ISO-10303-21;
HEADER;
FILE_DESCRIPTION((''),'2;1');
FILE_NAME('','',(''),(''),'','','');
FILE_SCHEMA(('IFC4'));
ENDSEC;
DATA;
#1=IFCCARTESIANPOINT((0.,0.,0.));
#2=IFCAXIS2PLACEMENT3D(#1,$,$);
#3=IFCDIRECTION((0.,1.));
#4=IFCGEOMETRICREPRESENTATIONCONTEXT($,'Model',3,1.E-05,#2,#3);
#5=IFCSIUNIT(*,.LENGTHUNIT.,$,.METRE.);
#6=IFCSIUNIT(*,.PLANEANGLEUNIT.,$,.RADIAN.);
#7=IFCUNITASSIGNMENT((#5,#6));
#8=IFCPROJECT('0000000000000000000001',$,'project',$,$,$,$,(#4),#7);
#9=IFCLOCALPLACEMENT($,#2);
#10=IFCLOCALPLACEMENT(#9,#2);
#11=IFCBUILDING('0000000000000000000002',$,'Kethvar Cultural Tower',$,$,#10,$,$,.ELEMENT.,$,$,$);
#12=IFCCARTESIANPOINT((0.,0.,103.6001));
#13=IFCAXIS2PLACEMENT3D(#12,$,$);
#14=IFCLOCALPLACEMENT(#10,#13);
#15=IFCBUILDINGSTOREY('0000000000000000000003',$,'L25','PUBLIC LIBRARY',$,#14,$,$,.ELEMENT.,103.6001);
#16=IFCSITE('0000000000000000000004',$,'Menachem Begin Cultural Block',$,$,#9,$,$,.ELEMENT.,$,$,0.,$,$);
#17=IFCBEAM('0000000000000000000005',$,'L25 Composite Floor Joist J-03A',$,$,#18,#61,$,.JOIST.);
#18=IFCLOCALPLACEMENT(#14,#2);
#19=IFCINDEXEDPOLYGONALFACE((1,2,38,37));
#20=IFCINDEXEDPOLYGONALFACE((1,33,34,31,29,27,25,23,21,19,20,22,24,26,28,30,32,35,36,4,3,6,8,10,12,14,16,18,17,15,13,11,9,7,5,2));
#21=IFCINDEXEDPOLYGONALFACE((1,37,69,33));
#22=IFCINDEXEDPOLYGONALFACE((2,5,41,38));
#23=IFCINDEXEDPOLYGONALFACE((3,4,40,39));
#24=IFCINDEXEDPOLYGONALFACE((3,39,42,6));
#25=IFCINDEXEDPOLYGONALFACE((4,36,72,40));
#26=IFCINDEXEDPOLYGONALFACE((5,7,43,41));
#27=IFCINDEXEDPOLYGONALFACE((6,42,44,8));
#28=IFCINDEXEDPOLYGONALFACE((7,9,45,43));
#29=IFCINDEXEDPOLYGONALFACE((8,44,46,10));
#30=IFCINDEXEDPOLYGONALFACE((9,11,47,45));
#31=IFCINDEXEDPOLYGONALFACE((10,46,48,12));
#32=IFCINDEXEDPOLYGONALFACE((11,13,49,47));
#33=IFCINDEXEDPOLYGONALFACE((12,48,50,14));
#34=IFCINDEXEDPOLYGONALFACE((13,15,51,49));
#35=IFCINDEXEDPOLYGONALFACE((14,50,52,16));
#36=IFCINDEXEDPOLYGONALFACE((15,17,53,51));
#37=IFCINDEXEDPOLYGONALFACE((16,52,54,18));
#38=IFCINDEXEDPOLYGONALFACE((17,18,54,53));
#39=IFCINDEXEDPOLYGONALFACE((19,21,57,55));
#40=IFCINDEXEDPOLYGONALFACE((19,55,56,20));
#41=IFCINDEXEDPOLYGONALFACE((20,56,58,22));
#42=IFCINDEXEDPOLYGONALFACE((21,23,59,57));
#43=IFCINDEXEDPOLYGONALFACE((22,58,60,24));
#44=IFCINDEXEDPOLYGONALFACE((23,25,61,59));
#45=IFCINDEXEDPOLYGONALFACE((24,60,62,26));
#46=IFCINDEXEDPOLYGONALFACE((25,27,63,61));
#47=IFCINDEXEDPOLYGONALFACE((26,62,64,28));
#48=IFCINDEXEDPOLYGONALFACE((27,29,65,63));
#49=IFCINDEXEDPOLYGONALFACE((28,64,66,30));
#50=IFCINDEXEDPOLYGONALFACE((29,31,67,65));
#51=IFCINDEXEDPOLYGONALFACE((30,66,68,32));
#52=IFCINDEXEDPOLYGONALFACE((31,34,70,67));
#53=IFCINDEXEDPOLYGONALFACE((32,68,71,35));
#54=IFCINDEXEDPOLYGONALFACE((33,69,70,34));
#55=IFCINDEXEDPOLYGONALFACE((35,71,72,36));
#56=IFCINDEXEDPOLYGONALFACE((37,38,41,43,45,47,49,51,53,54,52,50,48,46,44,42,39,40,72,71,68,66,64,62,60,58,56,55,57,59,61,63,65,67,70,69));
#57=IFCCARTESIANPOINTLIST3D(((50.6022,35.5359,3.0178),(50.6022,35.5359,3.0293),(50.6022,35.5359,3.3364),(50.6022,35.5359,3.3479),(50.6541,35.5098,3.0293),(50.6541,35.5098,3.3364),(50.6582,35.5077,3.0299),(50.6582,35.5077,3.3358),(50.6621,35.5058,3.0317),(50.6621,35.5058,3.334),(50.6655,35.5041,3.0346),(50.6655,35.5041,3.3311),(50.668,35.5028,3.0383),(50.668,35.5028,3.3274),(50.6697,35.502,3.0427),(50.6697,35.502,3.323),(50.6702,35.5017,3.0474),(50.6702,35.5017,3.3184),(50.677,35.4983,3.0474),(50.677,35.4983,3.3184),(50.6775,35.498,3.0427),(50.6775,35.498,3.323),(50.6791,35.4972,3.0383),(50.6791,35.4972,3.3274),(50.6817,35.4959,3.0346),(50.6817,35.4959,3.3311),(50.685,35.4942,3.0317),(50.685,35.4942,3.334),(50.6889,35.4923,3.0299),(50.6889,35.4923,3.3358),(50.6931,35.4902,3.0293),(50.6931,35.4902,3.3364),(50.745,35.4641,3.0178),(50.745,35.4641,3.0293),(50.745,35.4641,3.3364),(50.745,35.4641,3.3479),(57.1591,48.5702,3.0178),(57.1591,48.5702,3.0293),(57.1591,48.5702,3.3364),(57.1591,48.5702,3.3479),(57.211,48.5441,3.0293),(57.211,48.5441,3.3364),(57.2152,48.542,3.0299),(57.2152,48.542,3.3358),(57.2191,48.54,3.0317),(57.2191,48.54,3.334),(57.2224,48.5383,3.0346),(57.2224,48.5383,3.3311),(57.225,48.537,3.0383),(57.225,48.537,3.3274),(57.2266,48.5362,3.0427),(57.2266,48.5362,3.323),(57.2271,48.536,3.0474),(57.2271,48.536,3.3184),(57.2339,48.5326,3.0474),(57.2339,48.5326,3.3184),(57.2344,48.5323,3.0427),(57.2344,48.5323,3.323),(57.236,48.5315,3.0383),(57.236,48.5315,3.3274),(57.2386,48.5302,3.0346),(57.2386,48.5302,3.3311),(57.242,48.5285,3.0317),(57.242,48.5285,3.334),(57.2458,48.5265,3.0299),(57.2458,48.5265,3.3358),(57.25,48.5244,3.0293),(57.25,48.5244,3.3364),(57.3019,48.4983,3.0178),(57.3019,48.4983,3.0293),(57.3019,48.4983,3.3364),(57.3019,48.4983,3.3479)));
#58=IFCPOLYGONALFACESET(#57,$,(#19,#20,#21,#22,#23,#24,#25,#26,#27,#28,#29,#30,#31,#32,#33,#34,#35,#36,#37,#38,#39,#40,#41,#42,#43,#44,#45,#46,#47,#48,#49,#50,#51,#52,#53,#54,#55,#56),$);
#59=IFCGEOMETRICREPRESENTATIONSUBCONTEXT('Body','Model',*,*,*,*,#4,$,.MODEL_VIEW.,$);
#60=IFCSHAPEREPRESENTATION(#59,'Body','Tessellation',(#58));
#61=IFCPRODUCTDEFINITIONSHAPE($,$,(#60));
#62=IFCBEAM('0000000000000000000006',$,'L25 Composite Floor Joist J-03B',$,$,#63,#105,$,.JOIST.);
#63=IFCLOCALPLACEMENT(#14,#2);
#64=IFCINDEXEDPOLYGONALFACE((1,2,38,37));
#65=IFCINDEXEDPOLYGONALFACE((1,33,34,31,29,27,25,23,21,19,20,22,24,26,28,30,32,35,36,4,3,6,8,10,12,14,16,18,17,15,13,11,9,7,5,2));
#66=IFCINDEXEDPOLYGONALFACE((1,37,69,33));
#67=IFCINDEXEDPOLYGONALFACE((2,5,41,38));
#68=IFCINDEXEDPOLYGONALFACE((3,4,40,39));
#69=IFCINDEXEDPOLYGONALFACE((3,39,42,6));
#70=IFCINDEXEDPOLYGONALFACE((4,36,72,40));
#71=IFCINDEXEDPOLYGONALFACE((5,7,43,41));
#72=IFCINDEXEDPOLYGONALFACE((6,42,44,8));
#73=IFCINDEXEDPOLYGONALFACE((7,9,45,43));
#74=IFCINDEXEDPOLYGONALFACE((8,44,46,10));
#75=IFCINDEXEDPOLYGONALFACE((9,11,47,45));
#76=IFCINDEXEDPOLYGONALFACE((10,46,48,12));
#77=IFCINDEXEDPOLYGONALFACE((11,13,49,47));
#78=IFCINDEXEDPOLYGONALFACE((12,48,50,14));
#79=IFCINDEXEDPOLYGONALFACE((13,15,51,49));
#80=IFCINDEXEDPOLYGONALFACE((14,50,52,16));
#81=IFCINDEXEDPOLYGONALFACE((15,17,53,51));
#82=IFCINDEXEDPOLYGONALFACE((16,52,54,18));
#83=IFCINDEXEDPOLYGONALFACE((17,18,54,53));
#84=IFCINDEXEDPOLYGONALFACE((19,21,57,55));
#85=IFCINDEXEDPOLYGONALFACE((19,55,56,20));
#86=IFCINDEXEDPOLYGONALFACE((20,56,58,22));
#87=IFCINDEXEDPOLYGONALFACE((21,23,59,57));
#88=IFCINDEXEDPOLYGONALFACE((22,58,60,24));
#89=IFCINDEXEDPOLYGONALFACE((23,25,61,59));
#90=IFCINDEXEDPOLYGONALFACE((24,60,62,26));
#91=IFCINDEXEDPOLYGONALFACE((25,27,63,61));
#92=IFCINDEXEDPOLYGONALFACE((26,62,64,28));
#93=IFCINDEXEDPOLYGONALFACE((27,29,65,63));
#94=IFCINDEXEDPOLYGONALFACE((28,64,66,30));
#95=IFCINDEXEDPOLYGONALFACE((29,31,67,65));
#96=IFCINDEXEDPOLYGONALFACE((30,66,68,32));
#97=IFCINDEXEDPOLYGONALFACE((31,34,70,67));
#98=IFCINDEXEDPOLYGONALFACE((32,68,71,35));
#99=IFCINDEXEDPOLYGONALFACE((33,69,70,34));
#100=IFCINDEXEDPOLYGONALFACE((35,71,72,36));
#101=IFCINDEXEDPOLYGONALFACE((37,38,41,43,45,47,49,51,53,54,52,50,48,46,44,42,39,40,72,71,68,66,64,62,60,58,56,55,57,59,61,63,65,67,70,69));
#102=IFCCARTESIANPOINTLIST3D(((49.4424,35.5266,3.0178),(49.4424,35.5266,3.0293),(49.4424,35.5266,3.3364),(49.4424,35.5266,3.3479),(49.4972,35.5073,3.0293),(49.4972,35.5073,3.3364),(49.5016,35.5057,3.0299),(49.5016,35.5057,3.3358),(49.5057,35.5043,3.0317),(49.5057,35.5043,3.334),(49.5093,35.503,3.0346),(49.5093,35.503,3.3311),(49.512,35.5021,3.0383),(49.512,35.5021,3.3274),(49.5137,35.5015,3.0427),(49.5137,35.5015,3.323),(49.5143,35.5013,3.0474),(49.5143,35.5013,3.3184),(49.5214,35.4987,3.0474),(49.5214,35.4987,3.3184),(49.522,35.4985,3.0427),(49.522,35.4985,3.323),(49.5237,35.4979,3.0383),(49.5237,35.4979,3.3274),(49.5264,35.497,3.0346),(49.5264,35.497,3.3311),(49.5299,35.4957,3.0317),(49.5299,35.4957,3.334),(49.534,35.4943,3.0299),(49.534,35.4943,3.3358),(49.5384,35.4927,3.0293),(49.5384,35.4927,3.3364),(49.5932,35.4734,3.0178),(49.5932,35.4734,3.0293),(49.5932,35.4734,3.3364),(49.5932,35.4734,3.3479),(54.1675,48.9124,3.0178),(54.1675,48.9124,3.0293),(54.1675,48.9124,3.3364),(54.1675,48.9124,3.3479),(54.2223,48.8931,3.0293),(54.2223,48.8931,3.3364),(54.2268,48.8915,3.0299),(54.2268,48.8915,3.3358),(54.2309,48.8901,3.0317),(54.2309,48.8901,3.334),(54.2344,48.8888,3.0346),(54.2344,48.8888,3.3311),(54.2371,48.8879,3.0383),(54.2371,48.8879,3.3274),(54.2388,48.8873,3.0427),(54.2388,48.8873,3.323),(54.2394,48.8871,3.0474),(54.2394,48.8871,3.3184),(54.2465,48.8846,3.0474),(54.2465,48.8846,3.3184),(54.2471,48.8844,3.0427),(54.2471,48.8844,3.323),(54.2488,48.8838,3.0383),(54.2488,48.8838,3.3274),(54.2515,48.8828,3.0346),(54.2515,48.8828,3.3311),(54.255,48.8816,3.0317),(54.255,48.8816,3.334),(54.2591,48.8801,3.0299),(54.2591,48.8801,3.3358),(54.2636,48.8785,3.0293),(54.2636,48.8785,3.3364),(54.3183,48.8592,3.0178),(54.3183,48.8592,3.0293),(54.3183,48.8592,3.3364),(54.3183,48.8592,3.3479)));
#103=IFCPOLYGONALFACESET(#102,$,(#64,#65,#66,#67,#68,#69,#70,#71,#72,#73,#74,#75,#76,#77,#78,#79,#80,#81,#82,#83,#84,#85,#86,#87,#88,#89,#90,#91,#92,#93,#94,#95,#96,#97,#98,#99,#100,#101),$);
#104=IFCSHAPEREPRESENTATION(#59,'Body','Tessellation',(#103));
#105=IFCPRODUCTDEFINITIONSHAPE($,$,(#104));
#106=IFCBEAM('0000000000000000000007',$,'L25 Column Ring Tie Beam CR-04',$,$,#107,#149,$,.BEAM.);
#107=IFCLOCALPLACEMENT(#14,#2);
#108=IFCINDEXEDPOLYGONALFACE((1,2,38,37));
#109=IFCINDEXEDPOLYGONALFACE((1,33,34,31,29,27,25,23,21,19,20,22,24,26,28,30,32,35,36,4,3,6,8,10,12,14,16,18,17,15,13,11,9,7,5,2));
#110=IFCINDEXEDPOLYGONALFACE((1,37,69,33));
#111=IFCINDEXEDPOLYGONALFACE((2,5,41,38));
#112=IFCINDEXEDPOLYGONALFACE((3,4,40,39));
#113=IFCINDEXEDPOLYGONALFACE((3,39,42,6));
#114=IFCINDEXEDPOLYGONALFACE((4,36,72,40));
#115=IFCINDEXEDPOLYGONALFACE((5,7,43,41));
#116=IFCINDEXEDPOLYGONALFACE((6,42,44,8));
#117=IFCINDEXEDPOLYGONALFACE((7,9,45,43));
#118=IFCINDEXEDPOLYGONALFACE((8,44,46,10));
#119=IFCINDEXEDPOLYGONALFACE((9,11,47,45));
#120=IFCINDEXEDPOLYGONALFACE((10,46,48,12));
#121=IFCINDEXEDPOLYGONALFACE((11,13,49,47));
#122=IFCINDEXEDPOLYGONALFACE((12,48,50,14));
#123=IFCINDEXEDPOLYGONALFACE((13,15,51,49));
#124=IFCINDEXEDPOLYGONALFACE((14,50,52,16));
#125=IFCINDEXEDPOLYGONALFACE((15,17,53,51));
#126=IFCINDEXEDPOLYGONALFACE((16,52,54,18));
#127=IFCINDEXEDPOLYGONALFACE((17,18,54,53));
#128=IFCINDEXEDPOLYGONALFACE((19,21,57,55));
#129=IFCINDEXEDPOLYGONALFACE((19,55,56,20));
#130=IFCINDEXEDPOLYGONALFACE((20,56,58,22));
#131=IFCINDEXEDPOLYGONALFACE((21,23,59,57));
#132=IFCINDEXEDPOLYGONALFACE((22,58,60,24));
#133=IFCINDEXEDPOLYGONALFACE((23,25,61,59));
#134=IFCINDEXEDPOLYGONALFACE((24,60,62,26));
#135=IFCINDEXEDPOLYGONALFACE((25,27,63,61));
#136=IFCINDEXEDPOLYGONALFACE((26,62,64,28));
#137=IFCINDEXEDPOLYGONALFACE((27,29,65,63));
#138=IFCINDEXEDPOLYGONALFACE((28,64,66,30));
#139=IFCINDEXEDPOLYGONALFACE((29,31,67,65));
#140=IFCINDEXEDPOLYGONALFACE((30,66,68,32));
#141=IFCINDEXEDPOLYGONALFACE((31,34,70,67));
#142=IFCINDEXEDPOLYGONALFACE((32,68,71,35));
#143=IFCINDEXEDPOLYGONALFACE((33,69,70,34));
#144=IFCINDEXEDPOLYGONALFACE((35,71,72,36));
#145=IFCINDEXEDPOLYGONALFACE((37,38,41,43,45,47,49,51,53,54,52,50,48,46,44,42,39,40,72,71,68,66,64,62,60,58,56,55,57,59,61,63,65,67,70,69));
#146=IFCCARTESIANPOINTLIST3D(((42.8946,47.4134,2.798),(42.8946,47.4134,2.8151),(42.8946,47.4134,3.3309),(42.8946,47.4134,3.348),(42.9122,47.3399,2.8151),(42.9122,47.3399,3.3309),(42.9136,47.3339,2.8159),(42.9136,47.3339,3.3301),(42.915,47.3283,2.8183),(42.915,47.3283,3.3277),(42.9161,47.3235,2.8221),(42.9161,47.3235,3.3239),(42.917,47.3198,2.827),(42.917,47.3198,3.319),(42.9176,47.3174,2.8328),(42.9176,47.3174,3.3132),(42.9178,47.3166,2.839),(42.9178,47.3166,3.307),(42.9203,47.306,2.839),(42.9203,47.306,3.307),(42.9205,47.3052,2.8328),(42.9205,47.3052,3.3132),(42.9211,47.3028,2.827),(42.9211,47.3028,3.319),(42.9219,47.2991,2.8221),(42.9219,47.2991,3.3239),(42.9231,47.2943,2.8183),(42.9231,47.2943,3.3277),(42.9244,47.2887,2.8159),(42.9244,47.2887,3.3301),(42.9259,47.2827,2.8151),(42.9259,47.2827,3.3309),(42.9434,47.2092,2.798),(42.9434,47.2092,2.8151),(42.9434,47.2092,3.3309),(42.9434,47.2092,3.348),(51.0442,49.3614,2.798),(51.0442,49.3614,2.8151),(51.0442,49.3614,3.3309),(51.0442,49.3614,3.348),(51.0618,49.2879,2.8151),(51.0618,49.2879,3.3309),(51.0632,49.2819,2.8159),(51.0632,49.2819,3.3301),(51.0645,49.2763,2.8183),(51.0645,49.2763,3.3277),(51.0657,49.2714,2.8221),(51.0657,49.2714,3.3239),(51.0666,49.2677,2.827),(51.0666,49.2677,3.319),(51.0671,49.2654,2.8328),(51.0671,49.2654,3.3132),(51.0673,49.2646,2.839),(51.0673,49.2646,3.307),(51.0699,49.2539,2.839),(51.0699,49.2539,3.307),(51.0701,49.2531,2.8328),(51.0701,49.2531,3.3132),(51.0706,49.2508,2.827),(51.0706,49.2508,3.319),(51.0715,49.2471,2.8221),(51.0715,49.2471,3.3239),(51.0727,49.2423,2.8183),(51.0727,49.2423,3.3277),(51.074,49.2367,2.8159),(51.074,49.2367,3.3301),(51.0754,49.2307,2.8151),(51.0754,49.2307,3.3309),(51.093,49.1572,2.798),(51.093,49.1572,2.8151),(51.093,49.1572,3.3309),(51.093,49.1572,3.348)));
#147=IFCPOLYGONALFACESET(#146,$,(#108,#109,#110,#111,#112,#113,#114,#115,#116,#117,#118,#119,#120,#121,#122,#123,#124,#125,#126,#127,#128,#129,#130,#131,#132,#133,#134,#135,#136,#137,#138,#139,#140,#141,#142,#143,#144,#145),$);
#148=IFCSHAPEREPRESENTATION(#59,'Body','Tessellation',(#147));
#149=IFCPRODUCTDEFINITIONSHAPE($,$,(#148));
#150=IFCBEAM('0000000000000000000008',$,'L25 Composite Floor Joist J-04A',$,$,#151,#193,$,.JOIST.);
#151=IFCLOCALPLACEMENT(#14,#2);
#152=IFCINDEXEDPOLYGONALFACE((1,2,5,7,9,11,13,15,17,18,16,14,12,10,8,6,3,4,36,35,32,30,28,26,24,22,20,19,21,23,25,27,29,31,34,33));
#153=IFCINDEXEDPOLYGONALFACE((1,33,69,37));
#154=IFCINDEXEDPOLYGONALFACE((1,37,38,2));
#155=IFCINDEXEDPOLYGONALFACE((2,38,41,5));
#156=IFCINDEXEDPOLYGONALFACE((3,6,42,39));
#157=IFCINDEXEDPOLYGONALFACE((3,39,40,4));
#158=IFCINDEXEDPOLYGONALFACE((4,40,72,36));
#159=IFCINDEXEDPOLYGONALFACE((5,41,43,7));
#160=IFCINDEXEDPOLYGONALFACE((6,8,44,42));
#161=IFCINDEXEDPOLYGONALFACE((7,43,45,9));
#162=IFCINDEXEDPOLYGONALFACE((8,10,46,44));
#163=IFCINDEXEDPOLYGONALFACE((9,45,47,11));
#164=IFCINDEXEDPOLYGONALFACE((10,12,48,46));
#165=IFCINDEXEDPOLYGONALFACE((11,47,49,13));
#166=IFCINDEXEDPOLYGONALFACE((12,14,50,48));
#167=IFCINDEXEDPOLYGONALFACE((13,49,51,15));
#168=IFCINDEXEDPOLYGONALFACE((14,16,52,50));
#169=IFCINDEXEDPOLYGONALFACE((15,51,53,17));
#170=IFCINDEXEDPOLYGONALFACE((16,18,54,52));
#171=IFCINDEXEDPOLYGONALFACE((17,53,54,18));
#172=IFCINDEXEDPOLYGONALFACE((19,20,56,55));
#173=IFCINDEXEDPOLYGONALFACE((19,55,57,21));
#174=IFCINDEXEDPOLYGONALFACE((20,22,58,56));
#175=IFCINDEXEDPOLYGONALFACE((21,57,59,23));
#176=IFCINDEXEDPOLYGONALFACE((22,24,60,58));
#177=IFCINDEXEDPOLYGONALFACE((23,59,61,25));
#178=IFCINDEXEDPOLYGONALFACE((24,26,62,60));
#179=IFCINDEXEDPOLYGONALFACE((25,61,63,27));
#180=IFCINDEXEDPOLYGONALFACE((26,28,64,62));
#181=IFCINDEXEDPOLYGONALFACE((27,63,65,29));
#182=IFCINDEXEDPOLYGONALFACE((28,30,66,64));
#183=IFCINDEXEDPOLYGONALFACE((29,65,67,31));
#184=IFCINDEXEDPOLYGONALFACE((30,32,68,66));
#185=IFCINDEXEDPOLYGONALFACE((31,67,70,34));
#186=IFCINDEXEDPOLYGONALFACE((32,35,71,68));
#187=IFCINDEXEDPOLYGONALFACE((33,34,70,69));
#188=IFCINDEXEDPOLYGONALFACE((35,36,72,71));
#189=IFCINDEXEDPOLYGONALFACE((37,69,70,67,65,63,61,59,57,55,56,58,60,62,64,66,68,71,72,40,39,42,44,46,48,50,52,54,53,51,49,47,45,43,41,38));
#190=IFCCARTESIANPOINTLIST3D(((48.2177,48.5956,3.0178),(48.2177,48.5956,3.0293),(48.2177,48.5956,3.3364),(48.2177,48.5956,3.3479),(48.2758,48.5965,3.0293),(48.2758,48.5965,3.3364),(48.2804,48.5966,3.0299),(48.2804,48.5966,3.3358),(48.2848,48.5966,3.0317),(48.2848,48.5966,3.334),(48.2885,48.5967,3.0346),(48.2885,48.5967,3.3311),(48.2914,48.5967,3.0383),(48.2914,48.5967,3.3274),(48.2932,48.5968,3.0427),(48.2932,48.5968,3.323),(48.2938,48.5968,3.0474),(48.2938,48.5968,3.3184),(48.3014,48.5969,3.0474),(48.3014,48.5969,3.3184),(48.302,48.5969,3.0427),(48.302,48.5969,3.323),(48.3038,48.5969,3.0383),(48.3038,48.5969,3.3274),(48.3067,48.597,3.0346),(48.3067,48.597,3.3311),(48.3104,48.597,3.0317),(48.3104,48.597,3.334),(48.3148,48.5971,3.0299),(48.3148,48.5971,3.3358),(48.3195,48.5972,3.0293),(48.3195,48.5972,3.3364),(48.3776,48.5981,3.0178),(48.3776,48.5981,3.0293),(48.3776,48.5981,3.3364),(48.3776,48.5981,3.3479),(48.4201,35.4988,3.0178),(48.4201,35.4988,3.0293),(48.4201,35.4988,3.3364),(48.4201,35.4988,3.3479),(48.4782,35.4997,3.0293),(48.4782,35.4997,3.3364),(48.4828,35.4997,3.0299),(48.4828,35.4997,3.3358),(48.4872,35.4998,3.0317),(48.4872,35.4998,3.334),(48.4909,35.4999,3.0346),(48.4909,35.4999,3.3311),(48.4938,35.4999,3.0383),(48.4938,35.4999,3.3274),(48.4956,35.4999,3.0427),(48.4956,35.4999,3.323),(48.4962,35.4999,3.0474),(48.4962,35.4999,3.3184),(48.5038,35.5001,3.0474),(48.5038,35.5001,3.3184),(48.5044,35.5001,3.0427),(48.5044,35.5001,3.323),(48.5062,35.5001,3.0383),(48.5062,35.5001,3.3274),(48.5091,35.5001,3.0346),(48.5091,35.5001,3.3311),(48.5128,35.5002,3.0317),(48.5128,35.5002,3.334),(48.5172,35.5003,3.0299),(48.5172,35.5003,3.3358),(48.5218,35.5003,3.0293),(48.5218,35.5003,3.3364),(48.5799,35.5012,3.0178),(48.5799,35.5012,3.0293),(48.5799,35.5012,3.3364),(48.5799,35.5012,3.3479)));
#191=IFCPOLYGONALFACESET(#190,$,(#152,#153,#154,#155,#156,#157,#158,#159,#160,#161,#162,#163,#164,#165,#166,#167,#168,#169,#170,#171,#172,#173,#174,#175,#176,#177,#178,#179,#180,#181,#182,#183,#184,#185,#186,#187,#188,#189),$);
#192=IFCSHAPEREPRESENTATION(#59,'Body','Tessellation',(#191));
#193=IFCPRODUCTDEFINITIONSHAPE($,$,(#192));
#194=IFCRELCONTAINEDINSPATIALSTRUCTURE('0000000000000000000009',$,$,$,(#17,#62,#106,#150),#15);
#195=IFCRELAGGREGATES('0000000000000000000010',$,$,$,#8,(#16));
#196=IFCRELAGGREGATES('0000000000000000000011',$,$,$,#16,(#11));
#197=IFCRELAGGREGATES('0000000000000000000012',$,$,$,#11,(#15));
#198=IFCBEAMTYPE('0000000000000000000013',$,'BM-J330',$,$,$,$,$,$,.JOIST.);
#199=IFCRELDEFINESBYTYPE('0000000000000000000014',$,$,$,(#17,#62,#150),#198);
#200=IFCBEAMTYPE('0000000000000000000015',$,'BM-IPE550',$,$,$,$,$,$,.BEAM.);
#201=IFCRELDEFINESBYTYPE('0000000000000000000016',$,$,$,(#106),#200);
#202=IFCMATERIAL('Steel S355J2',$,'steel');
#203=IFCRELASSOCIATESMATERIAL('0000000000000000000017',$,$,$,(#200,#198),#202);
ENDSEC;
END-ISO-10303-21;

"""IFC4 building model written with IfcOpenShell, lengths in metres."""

from ifc_helpers import new_model, si_unit, direction, frame, origin, origin_2d, place, context, subcontext, project, spatial, i_section, extrude, source, transform, mapped, material, material_profile, profile_set, type_object, element, save


model = new_model("IFC4")

# Units and contexts
model_context = context("Model", 3, precision=1e-05, world=origin(), true_north=direction((0.0, 1.0)))
body_context = subcontext(model_context, "Body", "Model", "MODEL_VIEW")
ifc_project = project(units=[si_unit("LENGTHUNIT", "METRE"), si_unit("PLANEANGLEUNIT", "RADIAN")], contexts=[model_context])

# Site, building, storey
site_placement = place(None, origin())
site = spatial("IfcSite", under=ifc_project, at=site_placement, Name="Menachem Begin Cultural Block", CompositionType="ELEMENT", RefElevation=0.0)
building_placement = place(site_placement, origin())
building = spatial("IfcBuilding", under=site, at=building_placement, Name="Kethvar Cultural Tower", CompositionType="ELEMENT")
storey_placement = place(building_placement, frame((0.0, 0.0, 103.6001)))
storey = spatial("IfcBuildingStorey", under=building, at=storey_placement, Name="L25", Description="PUBLIC LIBRARY", CompositionType="ELEMENT", Elevation=103.6001)

# Beams
ifc_material_1 = material(Name="Steel S355J2", Category="steel")
ifc_material_profile_1 = material_profile(ifc_material_1, i_section(OverallWidth=0.21, OverallDepth=0.55, WebThickness=0.011, FlangeThickness=0.0171, FilletRadius=0.0239, at=origin_2d()), Name="Steel S355J2 — IPE550")
ifc_profile_set_1 = profile_set([ifc_material_profile_1], Name="Steel S355J2 — IPE550")
beam_type_1 = type_object("IfcBeamType", Name="BM-IPE550", PredefinedType="BEAM", material=ifc_profile_set_1)
ifc_material_profile_2 = material_profile(ifc_material_1, i_section(OverallWidth=0.1599, OverallDepth=0.3301, WebThickness=0.0076, FlangeThickness=0.0115, FilletRadius=0.0181, at=origin_2d()), Name="Steel S355J2 — IPE330")
ifc_profile_set_2 = profile_set([ifc_material_profile_2], Name="Steel S355J2 — IPE330")
beam_type_2 = type_object("IfcBeamType", Name="BM-J330", PredefinedType="JOIST", material=ifc_profile_set_2)
shared_shape_1 = source(origin(), body_context, "Body", "SweptSolid", [
    extrude(i_section(OverallWidth=0.1599, OverallDepth=0.3301, WebThickness=0.0076, FlangeThickness=0.0115, FilletRadius=0.0181, at=origin_2d()), origin(), (0.0, 0.0, 1.0), 14.5906),
])
beam_1_placement = place(storey_placement, frame((50.6736, 35.5, 3.1829), z_axis=(0.449394, 0.893334, 0.0), x_axis=(-0.893334, 0.449394, 0.0)))
element("IfcBeam", 1, at=beam_1_placement, inside=storey, type_object=beam_type_2, Name="L25 Composite Floor Joist J-03A", PredefinedType="JOIST", context=body_context, shape_type="MappedRepresentation", body=[
    mapped(shared_shape_1, transform((0.0, 0.0, 0.0), scale=1.0)),
])
shared_shape_2 = source(origin(), body_context, "Body", "SweptSolid", [
    extrude(i_section(OverallWidth=0.1599, OverallDepth=0.3301, WebThickness=0.0076, FlangeThickness=0.0115, FilletRadius=0.0181, at=origin_2d()), origin(), (0.0, 0.0, 1.0), 14.1953),
])
beam_2_placement = place(storey_placement, frame((49.5178, 35.5, 3.1829), z_axis=(0.332865, 0.942974, 0.0), x_axis=(-0.942974, 0.332865, 0.0)))
element("IfcBeam", 2, at=beam_2_placement, inside=storey, type_object=beam_type_2, Name="L25 Composite Floor Joist J-03B", PredefinedType="JOIST", context=body_context, shape_type="MappedRepresentation", body=[
    mapped(shared_shape_2, transform((0.0, 0.0, 0.0), scale=1.0)),
])
shared_shape_3 = source(origin(), body_context, "Body", "SweptSolid", [
    extrude(i_section(OverallWidth=0.21, OverallDepth=0.55, WebThickness=0.011, FlangeThickness=0.0171, FilletRadius=0.0239, at=origin_2d()), origin(), (0.0, 0.0, 1.0), 8.3792),
])
beam_3_placement = place(storey_placement, frame((51.0686, 49.2593, 3.073), z_axis=(-0.972601, -0.232479, 0.0), x_axis=(0.232479, -0.972601, 0.0)))
element("IfcBeam", 3, at=beam_3_placement, inside=storey, type_object=beam_type_1, Name="L25 Column Ring Tie Beam CR-04", PredefinedType="BEAM", context=body_context, shape_type="MappedRepresentation", body=[
    mapped(shared_shape_3, transform((0.0, 0.0, 0.0), scale=1.0)),
])
shared_shape_4 = source(origin(), body_context, "Body", "SweptSolid", [
    extrude(i_section(OverallWidth=0.1599, OverallDepth=0.3301, WebThickness=0.0076, FlangeThickness=0.0115, FilletRadius=0.0181, at=origin_2d()), origin(), (0.0, 0.0, 1.0), 13.0984),
])
beam_4_placement = place(storey_placement, frame((48.5, 35.5, 3.1829), z_axis=(-0.015452, 0.999881, 0.0), x_axis=(-0.999881, -0.015452, 0.0)))
element("IfcBeam", 4, at=beam_4_placement, inside=storey, type_object=beam_type_2, Name="L25 Composite Floor Joist J-04A", PredefinedType="JOIST", context=body_context, shape_type="MappedRepresentation", body=[
    mapped(shared_shape_4, transform((0.0, 0.0, 0.0), scale=1.0)),
])

save(model, "model.ifc")
